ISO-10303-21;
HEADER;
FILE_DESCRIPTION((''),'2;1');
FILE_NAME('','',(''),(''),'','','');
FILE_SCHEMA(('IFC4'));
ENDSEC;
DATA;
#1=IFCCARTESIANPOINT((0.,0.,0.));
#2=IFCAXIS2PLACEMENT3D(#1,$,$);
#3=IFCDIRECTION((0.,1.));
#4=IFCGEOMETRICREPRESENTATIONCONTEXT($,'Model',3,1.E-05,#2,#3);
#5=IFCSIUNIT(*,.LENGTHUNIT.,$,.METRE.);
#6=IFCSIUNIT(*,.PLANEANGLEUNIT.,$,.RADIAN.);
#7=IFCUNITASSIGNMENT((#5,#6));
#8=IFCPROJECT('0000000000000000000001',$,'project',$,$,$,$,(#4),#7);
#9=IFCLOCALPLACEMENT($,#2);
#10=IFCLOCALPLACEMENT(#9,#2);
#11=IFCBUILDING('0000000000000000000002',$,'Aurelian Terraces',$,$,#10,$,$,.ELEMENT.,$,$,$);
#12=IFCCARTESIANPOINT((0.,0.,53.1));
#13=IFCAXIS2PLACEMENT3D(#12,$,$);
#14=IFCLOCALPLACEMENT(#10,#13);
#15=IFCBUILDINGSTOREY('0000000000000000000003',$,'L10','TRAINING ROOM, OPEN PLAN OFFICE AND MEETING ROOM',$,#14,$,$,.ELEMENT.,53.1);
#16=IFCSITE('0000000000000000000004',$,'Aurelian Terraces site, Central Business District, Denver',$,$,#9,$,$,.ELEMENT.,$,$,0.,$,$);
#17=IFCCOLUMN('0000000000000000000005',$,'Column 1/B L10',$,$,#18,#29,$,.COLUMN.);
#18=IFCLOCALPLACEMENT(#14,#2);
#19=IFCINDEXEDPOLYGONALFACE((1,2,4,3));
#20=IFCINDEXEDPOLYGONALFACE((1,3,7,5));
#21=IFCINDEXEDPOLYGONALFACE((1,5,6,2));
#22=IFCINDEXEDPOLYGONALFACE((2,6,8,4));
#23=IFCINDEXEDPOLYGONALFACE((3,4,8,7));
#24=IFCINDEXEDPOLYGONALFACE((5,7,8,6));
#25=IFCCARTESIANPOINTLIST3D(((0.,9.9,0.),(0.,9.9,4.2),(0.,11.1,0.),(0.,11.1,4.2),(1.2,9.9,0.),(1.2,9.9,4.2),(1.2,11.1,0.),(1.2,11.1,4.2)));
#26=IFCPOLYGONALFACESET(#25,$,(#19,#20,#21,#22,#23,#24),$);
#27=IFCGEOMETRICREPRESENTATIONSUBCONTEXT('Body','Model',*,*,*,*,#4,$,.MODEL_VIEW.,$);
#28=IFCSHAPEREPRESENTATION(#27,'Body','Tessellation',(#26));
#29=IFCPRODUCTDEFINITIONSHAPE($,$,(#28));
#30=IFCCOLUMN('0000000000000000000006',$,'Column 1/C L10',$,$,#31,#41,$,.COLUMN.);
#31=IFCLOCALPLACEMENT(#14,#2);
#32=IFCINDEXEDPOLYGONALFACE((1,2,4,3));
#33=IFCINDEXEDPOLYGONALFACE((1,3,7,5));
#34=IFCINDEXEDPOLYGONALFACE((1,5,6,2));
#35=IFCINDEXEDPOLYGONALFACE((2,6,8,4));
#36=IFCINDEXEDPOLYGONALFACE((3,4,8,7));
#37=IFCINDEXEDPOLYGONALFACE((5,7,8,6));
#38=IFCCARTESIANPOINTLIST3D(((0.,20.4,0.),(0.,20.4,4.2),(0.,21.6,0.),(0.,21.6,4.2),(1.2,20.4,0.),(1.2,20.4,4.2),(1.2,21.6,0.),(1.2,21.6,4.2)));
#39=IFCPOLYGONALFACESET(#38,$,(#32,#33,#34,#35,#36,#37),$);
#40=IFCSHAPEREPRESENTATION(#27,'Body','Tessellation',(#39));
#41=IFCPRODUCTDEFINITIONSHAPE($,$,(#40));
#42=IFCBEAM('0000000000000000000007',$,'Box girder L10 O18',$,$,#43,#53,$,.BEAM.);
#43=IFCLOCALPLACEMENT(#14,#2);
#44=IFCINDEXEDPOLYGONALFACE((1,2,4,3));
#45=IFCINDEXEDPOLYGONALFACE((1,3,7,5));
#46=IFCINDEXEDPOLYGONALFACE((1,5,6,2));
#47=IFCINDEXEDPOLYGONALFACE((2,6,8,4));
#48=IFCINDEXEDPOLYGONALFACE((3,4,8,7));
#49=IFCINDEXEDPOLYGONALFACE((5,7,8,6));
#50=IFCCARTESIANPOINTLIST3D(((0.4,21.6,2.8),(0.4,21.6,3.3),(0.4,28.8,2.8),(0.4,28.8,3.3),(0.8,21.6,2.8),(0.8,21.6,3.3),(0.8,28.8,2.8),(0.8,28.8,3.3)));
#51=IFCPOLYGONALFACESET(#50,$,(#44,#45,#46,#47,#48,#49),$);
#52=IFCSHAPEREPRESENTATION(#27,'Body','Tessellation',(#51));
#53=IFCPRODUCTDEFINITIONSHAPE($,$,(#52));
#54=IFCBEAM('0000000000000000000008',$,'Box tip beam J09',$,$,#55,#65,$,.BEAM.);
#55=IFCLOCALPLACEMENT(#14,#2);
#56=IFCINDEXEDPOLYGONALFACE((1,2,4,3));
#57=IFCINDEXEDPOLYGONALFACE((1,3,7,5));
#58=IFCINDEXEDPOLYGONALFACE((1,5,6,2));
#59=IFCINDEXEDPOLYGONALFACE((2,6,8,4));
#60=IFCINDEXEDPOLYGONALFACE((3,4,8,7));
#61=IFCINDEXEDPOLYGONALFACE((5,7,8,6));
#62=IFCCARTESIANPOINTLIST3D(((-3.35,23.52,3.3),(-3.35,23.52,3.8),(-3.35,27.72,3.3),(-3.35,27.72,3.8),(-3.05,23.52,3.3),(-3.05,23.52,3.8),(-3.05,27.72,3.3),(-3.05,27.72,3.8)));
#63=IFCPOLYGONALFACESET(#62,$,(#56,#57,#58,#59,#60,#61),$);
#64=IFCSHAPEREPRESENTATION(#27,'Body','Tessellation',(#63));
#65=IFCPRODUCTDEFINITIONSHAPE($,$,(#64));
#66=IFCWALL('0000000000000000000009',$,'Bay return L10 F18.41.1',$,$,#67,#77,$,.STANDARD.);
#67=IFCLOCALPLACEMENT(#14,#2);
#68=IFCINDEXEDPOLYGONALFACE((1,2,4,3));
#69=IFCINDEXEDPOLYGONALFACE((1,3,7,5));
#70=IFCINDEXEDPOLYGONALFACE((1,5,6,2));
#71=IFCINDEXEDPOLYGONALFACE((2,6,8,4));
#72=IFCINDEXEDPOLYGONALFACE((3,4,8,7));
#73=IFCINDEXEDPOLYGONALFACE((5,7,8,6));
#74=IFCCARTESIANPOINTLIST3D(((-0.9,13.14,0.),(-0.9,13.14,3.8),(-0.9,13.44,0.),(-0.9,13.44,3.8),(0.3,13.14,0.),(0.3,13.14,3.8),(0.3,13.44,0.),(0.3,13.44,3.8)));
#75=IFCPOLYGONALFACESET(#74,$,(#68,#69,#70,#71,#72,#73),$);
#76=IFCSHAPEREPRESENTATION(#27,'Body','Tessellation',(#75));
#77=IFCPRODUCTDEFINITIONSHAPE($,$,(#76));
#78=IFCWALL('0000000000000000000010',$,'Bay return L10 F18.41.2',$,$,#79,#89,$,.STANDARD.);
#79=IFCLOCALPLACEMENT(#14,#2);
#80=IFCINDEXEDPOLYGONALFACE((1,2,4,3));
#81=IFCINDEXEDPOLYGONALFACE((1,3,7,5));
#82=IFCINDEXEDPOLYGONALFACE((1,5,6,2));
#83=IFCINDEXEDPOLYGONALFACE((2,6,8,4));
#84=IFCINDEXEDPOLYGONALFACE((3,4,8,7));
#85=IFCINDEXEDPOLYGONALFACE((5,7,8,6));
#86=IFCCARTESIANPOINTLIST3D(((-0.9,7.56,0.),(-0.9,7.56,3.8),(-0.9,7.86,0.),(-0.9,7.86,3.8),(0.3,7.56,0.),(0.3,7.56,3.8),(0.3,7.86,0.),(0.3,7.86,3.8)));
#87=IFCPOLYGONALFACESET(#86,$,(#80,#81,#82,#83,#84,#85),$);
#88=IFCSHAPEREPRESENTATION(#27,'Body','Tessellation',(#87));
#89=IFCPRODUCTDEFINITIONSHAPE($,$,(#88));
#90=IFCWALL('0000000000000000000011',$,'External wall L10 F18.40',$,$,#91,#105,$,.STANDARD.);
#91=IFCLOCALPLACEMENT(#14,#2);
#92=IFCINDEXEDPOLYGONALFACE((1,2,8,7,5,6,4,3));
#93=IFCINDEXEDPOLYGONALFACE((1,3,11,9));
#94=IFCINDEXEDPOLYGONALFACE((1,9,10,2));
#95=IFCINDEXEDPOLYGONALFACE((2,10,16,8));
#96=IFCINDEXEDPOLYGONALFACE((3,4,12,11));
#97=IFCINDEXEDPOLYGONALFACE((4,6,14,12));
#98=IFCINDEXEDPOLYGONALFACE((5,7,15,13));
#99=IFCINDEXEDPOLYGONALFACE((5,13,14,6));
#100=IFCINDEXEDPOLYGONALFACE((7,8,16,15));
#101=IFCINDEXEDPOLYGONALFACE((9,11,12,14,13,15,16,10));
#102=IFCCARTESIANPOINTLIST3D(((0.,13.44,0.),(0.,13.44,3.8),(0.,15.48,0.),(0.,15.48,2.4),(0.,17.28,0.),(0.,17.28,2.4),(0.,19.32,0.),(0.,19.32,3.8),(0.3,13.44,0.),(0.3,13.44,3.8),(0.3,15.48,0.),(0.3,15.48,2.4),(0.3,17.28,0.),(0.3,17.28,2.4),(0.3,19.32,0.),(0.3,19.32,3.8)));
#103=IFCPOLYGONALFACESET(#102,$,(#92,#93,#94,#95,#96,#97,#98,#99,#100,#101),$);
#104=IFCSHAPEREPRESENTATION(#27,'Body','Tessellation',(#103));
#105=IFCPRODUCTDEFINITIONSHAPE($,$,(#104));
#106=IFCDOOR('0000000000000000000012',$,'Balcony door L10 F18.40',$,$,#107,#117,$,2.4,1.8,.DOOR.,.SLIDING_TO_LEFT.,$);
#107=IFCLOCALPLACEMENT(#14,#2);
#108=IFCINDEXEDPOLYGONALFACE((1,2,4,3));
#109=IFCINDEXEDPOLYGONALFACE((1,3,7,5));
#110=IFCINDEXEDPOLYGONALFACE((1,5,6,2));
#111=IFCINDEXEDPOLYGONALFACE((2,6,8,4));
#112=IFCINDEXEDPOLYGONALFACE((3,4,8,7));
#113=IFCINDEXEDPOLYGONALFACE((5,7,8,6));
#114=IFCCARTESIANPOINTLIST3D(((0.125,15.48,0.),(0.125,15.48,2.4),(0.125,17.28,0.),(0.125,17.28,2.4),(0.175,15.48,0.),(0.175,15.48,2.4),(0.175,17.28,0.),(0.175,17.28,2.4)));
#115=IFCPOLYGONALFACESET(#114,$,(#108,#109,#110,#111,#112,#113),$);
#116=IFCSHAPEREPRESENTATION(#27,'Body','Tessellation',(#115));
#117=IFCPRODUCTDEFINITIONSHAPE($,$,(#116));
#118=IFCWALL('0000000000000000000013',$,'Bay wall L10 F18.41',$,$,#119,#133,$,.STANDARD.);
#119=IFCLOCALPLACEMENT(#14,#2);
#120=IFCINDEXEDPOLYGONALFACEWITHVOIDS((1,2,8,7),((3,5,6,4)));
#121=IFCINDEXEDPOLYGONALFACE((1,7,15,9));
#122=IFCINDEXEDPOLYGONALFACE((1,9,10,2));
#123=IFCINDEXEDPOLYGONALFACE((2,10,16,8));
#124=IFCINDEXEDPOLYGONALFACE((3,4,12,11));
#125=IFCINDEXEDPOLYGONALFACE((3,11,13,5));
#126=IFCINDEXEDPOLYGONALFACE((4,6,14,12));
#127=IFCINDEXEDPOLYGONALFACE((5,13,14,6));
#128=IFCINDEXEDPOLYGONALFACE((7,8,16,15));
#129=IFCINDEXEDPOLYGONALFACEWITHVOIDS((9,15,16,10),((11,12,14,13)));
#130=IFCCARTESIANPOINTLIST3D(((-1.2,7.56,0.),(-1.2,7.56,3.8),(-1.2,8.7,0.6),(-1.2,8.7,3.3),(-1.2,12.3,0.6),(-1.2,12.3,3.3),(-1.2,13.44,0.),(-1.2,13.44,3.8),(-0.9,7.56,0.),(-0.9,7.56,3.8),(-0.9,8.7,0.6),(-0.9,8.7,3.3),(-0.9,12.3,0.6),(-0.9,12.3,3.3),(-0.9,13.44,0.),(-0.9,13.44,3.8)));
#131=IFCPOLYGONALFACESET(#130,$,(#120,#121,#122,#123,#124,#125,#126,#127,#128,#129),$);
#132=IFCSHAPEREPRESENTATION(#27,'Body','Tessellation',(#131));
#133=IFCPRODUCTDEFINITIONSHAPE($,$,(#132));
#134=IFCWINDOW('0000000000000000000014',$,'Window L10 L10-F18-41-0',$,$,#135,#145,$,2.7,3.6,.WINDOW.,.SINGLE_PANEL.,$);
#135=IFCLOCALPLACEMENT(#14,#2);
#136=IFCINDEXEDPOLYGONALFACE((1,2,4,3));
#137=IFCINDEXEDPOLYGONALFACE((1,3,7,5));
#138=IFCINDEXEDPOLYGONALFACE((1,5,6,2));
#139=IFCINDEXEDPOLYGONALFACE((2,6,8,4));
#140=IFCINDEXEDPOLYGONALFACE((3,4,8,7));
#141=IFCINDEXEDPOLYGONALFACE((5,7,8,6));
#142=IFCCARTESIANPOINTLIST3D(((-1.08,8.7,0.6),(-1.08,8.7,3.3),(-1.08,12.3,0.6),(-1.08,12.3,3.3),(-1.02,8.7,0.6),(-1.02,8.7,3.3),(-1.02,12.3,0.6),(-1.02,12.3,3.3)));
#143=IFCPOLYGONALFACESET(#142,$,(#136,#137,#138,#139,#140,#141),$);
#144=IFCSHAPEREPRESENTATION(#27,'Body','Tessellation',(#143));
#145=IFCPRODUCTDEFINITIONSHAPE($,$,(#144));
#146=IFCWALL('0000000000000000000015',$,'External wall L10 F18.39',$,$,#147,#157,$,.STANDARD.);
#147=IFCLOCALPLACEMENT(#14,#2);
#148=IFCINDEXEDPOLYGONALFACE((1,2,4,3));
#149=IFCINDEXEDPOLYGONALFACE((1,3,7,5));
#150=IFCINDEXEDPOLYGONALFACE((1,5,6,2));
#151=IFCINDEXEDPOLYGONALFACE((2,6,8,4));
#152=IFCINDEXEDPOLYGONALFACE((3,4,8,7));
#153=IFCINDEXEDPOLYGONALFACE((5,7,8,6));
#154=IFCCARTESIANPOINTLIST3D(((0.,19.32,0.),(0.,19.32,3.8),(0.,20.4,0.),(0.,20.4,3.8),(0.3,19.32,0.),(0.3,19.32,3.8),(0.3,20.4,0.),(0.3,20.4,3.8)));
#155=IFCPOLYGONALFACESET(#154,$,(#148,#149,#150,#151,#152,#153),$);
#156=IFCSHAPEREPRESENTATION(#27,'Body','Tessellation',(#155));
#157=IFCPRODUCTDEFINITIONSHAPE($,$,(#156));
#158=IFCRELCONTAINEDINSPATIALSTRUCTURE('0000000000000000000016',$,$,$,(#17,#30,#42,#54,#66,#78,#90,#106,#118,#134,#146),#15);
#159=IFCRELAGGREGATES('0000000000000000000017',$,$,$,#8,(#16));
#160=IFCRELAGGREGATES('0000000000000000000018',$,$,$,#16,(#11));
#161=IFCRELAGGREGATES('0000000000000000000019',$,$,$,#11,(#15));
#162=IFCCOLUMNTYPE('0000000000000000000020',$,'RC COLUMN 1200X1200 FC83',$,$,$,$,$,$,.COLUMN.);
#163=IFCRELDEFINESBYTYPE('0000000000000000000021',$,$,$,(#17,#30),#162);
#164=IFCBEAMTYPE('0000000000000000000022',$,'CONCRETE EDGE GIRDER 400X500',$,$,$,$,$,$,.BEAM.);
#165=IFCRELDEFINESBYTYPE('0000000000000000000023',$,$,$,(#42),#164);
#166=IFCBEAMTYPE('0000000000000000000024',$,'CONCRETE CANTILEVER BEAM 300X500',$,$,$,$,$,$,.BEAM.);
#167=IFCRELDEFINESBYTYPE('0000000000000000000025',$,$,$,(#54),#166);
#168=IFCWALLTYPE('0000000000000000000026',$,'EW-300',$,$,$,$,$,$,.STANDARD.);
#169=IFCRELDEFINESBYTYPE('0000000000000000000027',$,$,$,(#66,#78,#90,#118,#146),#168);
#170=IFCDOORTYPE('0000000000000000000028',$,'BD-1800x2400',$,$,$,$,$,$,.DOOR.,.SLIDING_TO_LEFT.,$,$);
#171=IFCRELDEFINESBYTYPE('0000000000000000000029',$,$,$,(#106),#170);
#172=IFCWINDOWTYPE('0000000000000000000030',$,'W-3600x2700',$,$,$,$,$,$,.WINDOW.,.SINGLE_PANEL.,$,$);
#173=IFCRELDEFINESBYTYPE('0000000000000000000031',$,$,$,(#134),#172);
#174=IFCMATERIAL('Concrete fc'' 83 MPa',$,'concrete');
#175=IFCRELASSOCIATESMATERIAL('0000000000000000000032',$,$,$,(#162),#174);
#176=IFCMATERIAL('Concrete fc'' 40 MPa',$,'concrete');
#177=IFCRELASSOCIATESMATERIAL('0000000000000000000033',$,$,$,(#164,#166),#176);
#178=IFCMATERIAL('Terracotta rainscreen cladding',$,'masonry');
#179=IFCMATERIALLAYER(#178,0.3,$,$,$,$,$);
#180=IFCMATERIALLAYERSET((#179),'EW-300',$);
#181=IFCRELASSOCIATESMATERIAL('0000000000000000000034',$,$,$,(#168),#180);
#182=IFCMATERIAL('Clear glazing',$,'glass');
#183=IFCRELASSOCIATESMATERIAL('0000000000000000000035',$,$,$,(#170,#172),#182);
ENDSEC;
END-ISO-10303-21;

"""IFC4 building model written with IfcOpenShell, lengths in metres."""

from ifc_helpers import new_model, si_unit, direction, frame, frame_2d, origin, origin_2d, place, context, subcontext, project, spatial, rectangle, extrude, source, transform, mapped, material, layer, layer_set, material_profile, profile_set, type_object, element, fill, save


model = new_model("IFC4")

# Units and contexts
model_context = context("Model", 3, precision=1e-05, world=origin(), true_north=direction((0.0, 1.0)))
body_context = subcontext(model_context, "Body", "Model", "MODEL_VIEW")
ifc_project = project(units=[si_unit("LENGTHUNIT", "METRE"), si_unit("PLANEANGLEUNIT", "RADIAN")], contexts=[model_context])

# Site, building, storey
site_placement = place(None, origin())
site = spatial("IfcSite", under=ifc_project, at=site_placement, Name="Aurelian Terraces site, Central Business District, Denver", CompositionType="ELEMENT", RefElevation=0.0)
building_placement = place(site_placement, origin())
building = spatial("IfcBuilding", under=site, at=building_placement, Name="Aurelian Terraces", CompositionType="ELEMENT")
storey_placement = place(building_placement, frame((0.0, 0.0, 53.1)))
storey = spatial("IfcBuildingStorey", under=building, at=storey_placement, Name="L10", Description="TRAINING ROOM, OPEN PLAN OFFICE AND MEETING ROOM", CompositionType="ELEMENT", Elevation=53.1)

# Columns
ifc_material_1 = material(Name="Concrete fc' 83 MPa", Category="concrete")
ifc_material_profile_1 = material_profile(ifc_material_1, rectangle(XDim=1.2, YDim=1.2, at=origin_2d()))
ifc_profile_set_1 = profile_set([ifc_material_profile_1], Name="Concrete fc' 83 MPa")
column_type = type_object("IfcColumnType", Name="RC COLUMN 1200X1200 FC83", PredefinedType="COLUMN", material=ifc_profile_set_1)
shared_shape_1 = source(origin(), body_context, "Body", "SweptSolid", [
    extrude(rectangle(XDim=1.2, YDim=1.2, at=origin_2d()), origin(), (0.0, 0.0, 1.0), 4.2),
])
for number, where, z_axis, x_axis, name in (
    (1, (0.6, 10.5, 0.0), (0.0, 0.0, 1.0), (1.0, 0.0, 0.0), "Column 1/B L10"),
    (2, (0.6, 21.0, 0.0), (0.0, 0.0, 1.0), (1.0, 0.0, 0.0), "Column 1/C L10"),
):
    element("IfcColumn", number, at=place(storey_placement, frame(where, z_axis=z_axis, x_axis=x_axis)), inside=storey, type_object=column_type, Name=name, PredefinedType="COLUMN", context=body_context, shape_type="MappedRepresentation", body=[
        mapped(shared_shape_1, transform((0.0, 0.0, 0.0), scale=1.0)),
    ])

# Beams
ifc_material_2 = material(Name="Concrete fc' 40 MPa", Category="concrete")
ifc_material_profile_2 = material_profile(ifc_material_2, rectangle(XDim=0.4, YDim=0.5, at=origin_2d()))
ifc_profile_set_2 = profile_set([ifc_material_profile_2], Name="Concrete fc' 40 MPa")
beam_type_1 = type_object("IfcBeamType", Name="CONCRETE EDGE GIRDER 400X500", PredefinedType="BEAM", material=ifc_profile_set_2)
shared_shape_2 = source(origin(), body_context, "Body", "SweptSolid", [
    extrude(rectangle(XDim=0.4, YDim=0.5, at=origin_2d()), origin(), (0.0, 0.0, 1.0), 7.2),
])
beam_1_placement = place(storey_placement, frame((0.6, 21.6, 3.05), z_axis=(0.0, 1.0, 0.0), x_axis=(-1.0, 0.0, 0.0)))
element("IfcBeam", 3, at=beam_1_placement, inside=storey, type_object=beam_type_1, Name="Box girder L10 O18", PredefinedType="BEAM", context=body_context, shape_type="MappedRepresentation", body=[
    mapped(shared_shape_2, transform((0.0, 0.0, 0.0), scale=1.0)),
])
ifc_material_profile_3 = material_profile(ifc_material_2, rectangle(XDim=0.3, YDim=0.5, at=origin_2d()))
ifc_profile_set_3 = profile_set([ifc_material_profile_3], Name="Concrete fc' 40 MPa")
beam_type_2 = type_object("IfcBeamType", Name="CONCRETE CANTILEVER BEAM 300X500", PredefinedType="BEAM", material=ifc_profile_set_3)
shared_shape_3 = source(origin(), body_context, "Body", "SweptSolid", [
    extrude(rectangle(XDim=0.3, YDim=0.5, at=origin_2d()), origin(), (0.0, 0.0, 1.0), 4.2),
])
beam_2_placement = place(storey_placement, frame((-3.2, 23.52, 3.55), z_axis=(0.0, 1.0, 0.0), x_axis=(-1.0, 0.0, 0.0)))
element("IfcBeam", 4, at=beam_2_placement, inside=storey, type_object=beam_type_2, Name="Box tip beam J09", PredefinedType="BEAM", context=body_context, shape_type="MappedRepresentation", body=[
    mapped(shared_shape_3, transform((0.0, 0.0, 0.0), scale=1.0)),
])

# Walls
ifc_material_3 = material(Name="Terracotta rainscreen cladding", Category="masonry")
ifc_layer_1 = layer(ifc_material_3, 0.3)
ifc_layer_set_1 = layer_set([ifc_layer_1], Name="EW-300")
wall_type_1 = type_object("IfcWallType", Name="EW-300", PredefinedType="STANDARD", material=ifc_layer_set_1)
shared_shape_4 = source(origin(), body_context, "Body", "SweptSolid", [
    extrude(rectangle(XDim=1.2, YDim=0.3, at=frame_2d((0.6, 0.0))), origin(), (0.0, 0.0, 1.0), 3.8),
])
for number, where, z_axis, x_axis, name in (
    (5, (0.3, 13.29, 0.0), (0.0, 0.0, 1.0), (-1.0, 0.0, 0.0), "Bay return L10 F18.41.1"),
    (6, (0.3, 7.71, 0.0), (0.0, 0.0, 1.0), (-1.0, 0.0, 0.0), "Bay return L10 F18.41.2"),
):
    element("IfcWall", number, at=place(storey_placement, frame(where, z_axis=z_axis, x_axis=x_axis)), inside=storey, type_object=wall_type_1, Name=name, PredefinedType="STANDARD", context=body_context, shape_type="MappedRepresentation", body=[
        mapped(shared_shape_4, transform((0.0, 0.0, 0.0), scale=1.0)),
    ])

# Wall, opening, door
shared_shape_5 = source(origin(), body_context, "Body", "SweptSolid", [
    extrude(rectangle(XDim=5.88, YDim=0.3, at=frame_2d((2.94, 0.0))), origin(), (0.0, 0.0, 1.0), 3.8),
])
wall_1_placement = place(storey_placement, frame((0.15, 19.32, 0.0), z_axis=(0.0, 0.0, 1.0), x_axis=(0.0, -1.0, 0.0)))
wall_1 = element("IfcWall", 7, at=wall_1_placement, inside=storey, type_object=wall_type_1, Name="External wall L10 F18.40", PredefinedType="STANDARD", context=body_context, shape_type="MappedRepresentation", body=[
    mapped(shared_shape_5, transform((0.0, 0.0, 0.0), scale=1.0)),
])
shared_shape_6 = source(origin(), body_context, "Body", "SweptSolid", [
    extrude(rectangle(XDim=1.8, YDim=2.4, at=frame_2d((0.9, 1.2))), frame((0.0, 0.16, 0.0), z_axis=(0.0, -1.0, 0.0), x_axis=(1.0, 0.0, 0.0)), (0.0, 0.0, 1.0), 0.32),
])
opening_1_placement = place(wall_1_placement, frame((2.04, 0.0, 0.0)))
opening_1 = element("IfcOpeningElement", 8, at=opening_1_placement, cuts=wall_1, PredefinedType="OPENING", context=body_context, shape_type="MappedRepresentation", body=[
    mapped(shared_shape_6, transform((0.0, 0.0, 0.0), scale=1.0)),
])
ifc_material_4 = material(Name="Clear glazing", Category="glass")
door_type_1 = type_object("IfcDoorType", Name="BD-1800x2400", OperationType="SLIDING_TO_LEFT", PredefinedType="DOOR", material=ifc_material_4)
shared_shape_7 = source(origin(), body_context, "Body", "SweptSolid", [
    extrude(rectangle(XDim=1.8, YDim=2.4, at=frame_2d((0.9, 1.2))), frame((0.0, 0.025, 0.0), z_axis=(0.0, -1.0, 0.0), x_axis=(1.0, 0.0, 0.0)), (0.0, 0.0, 1.0), 0.05),
])
door_1_placement = place(opening_1_placement, origin())
door_1 = element("IfcDoor", 9, at=door_1_placement, inside=storey, type_object=door_type_1, Name="Balcony door L10 F18.40", OperationType="SLIDING_TO_LEFT", OverallHeight=2.4, OverallWidth=1.8, PredefinedType="DOOR", context=body_context, shape_type="MappedRepresentation", body=[
    mapped(shared_shape_7, transform((0.0, 0.0, 0.0), scale=1.0)),
])
fill(opening_1, door_1)

# Wall, opening, window
wall_2_placement = place(storey_placement, frame((-1.05, 13.44, 0.0), z_axis=(0.0, 0.0, 1.0), x_axis=(0.0, -1.0, 0.0)))
wall_2 = element("IfcWall", 10, at=wall_2_placement, inside=storey, type_object=wall_type_1, Name="Bay wall L10 F18.41", PredefinedType="STANDARD", context=body_context, shape_type="MappedRepresentation", body=[
    mapped(shared_shape_5, transform((0.0, 0.0, 0.0), scale=1.0)),
])
shared_shape_8 = source(origin(), body_context, "Body", "SweptSolid", [
    extrude(rectangle(XDim=3.6, YDim=2.7, at=frame_2d((1.8, 1.35))), frame((0.0, 0.16, 0.0), z_axis=(0.0, -1.0, 0.0), x_axis=(1.0, 0.0, 0.0)), (0.0, 0.0, 1.0), 0.32),
])
opening_2_placement = place(wall_2_placement, frame((1.14, 0.0, 0.6)))
opening_2 = element("IfcOpeningElement", 11, at=opening_2_placement, cuts=wall_2, PredefinedType="OPENING", context=body_context, shape_type="MappedRepresentation", body=[
    mapped(shared_shape_8, transform((0.0, 0.0, 0.0), scale=1.0)),
])
window_type = type_object("IfcWindowType", Name="W-3600x2700", PartitioningType="SINGLE_PANEL", PredefinedType="WINDOW", material=ifc_material_4)
shared_shape_9 = source(origin(), body_context, "Body", "SweptSolid", [
    extrude(rectangle(XDim=3.6, YDim=2.7, at=frame_2d((1.8, 1.35))), frame((0.0, 0.03, 0.0), z_axis=(0.0, -1.0, 0.0), x_axis=(1.0, 0.0, 0.0)), (0.0, 0.0, 1.0), 0.06),
])
window_placement = place(opening_2_placement, origin())
window = element("IfcWindow", 12, at=window_placement, inside=storey, type_object=window_type, Name="Window L10 L10-F18-41-0", OverallHeight=2.7, OverallWidth=3.6, PartitioningType="SINGLE_PANEL", PredefinedType="WINDOW", context=body_context, shape_type="MappedRepresentation", body=[
    mapped(shared_shape_9, transform((0.0, 0.0, 0.0), scale=1.0)),
])
fill(opening_2, window)

# Wall
shared_shape_10 = source(origin(), body_context, "Body", "SweptSolid", [
    extrude(rectangle(XDim=1.08, YDim=0.3, at=frame_2d((0.54, 0.0))), origin(), (0.0, 0.0, 1.0), 3.8),
])
wall_3_placement = place(storey_placement, frame((0.15, 20.4, 0.0), z_axis=(0.0, 0.0, 1.0), x_axis=(0.0, -1.0, 0.0)))
element("IfcWall", 13, at=wall_3_placement, inside=storey, type_object=wall_type_1, Name="External wall L10 F18.39", PredefinedType="STANDARD", context=body_context, shape_type="MappedRepresentation", body=[
    mapped(shared_shape_10, transform((0.0, 0.0, 0.0), scale=1.0)),
])

save(model, "model.ifc")
